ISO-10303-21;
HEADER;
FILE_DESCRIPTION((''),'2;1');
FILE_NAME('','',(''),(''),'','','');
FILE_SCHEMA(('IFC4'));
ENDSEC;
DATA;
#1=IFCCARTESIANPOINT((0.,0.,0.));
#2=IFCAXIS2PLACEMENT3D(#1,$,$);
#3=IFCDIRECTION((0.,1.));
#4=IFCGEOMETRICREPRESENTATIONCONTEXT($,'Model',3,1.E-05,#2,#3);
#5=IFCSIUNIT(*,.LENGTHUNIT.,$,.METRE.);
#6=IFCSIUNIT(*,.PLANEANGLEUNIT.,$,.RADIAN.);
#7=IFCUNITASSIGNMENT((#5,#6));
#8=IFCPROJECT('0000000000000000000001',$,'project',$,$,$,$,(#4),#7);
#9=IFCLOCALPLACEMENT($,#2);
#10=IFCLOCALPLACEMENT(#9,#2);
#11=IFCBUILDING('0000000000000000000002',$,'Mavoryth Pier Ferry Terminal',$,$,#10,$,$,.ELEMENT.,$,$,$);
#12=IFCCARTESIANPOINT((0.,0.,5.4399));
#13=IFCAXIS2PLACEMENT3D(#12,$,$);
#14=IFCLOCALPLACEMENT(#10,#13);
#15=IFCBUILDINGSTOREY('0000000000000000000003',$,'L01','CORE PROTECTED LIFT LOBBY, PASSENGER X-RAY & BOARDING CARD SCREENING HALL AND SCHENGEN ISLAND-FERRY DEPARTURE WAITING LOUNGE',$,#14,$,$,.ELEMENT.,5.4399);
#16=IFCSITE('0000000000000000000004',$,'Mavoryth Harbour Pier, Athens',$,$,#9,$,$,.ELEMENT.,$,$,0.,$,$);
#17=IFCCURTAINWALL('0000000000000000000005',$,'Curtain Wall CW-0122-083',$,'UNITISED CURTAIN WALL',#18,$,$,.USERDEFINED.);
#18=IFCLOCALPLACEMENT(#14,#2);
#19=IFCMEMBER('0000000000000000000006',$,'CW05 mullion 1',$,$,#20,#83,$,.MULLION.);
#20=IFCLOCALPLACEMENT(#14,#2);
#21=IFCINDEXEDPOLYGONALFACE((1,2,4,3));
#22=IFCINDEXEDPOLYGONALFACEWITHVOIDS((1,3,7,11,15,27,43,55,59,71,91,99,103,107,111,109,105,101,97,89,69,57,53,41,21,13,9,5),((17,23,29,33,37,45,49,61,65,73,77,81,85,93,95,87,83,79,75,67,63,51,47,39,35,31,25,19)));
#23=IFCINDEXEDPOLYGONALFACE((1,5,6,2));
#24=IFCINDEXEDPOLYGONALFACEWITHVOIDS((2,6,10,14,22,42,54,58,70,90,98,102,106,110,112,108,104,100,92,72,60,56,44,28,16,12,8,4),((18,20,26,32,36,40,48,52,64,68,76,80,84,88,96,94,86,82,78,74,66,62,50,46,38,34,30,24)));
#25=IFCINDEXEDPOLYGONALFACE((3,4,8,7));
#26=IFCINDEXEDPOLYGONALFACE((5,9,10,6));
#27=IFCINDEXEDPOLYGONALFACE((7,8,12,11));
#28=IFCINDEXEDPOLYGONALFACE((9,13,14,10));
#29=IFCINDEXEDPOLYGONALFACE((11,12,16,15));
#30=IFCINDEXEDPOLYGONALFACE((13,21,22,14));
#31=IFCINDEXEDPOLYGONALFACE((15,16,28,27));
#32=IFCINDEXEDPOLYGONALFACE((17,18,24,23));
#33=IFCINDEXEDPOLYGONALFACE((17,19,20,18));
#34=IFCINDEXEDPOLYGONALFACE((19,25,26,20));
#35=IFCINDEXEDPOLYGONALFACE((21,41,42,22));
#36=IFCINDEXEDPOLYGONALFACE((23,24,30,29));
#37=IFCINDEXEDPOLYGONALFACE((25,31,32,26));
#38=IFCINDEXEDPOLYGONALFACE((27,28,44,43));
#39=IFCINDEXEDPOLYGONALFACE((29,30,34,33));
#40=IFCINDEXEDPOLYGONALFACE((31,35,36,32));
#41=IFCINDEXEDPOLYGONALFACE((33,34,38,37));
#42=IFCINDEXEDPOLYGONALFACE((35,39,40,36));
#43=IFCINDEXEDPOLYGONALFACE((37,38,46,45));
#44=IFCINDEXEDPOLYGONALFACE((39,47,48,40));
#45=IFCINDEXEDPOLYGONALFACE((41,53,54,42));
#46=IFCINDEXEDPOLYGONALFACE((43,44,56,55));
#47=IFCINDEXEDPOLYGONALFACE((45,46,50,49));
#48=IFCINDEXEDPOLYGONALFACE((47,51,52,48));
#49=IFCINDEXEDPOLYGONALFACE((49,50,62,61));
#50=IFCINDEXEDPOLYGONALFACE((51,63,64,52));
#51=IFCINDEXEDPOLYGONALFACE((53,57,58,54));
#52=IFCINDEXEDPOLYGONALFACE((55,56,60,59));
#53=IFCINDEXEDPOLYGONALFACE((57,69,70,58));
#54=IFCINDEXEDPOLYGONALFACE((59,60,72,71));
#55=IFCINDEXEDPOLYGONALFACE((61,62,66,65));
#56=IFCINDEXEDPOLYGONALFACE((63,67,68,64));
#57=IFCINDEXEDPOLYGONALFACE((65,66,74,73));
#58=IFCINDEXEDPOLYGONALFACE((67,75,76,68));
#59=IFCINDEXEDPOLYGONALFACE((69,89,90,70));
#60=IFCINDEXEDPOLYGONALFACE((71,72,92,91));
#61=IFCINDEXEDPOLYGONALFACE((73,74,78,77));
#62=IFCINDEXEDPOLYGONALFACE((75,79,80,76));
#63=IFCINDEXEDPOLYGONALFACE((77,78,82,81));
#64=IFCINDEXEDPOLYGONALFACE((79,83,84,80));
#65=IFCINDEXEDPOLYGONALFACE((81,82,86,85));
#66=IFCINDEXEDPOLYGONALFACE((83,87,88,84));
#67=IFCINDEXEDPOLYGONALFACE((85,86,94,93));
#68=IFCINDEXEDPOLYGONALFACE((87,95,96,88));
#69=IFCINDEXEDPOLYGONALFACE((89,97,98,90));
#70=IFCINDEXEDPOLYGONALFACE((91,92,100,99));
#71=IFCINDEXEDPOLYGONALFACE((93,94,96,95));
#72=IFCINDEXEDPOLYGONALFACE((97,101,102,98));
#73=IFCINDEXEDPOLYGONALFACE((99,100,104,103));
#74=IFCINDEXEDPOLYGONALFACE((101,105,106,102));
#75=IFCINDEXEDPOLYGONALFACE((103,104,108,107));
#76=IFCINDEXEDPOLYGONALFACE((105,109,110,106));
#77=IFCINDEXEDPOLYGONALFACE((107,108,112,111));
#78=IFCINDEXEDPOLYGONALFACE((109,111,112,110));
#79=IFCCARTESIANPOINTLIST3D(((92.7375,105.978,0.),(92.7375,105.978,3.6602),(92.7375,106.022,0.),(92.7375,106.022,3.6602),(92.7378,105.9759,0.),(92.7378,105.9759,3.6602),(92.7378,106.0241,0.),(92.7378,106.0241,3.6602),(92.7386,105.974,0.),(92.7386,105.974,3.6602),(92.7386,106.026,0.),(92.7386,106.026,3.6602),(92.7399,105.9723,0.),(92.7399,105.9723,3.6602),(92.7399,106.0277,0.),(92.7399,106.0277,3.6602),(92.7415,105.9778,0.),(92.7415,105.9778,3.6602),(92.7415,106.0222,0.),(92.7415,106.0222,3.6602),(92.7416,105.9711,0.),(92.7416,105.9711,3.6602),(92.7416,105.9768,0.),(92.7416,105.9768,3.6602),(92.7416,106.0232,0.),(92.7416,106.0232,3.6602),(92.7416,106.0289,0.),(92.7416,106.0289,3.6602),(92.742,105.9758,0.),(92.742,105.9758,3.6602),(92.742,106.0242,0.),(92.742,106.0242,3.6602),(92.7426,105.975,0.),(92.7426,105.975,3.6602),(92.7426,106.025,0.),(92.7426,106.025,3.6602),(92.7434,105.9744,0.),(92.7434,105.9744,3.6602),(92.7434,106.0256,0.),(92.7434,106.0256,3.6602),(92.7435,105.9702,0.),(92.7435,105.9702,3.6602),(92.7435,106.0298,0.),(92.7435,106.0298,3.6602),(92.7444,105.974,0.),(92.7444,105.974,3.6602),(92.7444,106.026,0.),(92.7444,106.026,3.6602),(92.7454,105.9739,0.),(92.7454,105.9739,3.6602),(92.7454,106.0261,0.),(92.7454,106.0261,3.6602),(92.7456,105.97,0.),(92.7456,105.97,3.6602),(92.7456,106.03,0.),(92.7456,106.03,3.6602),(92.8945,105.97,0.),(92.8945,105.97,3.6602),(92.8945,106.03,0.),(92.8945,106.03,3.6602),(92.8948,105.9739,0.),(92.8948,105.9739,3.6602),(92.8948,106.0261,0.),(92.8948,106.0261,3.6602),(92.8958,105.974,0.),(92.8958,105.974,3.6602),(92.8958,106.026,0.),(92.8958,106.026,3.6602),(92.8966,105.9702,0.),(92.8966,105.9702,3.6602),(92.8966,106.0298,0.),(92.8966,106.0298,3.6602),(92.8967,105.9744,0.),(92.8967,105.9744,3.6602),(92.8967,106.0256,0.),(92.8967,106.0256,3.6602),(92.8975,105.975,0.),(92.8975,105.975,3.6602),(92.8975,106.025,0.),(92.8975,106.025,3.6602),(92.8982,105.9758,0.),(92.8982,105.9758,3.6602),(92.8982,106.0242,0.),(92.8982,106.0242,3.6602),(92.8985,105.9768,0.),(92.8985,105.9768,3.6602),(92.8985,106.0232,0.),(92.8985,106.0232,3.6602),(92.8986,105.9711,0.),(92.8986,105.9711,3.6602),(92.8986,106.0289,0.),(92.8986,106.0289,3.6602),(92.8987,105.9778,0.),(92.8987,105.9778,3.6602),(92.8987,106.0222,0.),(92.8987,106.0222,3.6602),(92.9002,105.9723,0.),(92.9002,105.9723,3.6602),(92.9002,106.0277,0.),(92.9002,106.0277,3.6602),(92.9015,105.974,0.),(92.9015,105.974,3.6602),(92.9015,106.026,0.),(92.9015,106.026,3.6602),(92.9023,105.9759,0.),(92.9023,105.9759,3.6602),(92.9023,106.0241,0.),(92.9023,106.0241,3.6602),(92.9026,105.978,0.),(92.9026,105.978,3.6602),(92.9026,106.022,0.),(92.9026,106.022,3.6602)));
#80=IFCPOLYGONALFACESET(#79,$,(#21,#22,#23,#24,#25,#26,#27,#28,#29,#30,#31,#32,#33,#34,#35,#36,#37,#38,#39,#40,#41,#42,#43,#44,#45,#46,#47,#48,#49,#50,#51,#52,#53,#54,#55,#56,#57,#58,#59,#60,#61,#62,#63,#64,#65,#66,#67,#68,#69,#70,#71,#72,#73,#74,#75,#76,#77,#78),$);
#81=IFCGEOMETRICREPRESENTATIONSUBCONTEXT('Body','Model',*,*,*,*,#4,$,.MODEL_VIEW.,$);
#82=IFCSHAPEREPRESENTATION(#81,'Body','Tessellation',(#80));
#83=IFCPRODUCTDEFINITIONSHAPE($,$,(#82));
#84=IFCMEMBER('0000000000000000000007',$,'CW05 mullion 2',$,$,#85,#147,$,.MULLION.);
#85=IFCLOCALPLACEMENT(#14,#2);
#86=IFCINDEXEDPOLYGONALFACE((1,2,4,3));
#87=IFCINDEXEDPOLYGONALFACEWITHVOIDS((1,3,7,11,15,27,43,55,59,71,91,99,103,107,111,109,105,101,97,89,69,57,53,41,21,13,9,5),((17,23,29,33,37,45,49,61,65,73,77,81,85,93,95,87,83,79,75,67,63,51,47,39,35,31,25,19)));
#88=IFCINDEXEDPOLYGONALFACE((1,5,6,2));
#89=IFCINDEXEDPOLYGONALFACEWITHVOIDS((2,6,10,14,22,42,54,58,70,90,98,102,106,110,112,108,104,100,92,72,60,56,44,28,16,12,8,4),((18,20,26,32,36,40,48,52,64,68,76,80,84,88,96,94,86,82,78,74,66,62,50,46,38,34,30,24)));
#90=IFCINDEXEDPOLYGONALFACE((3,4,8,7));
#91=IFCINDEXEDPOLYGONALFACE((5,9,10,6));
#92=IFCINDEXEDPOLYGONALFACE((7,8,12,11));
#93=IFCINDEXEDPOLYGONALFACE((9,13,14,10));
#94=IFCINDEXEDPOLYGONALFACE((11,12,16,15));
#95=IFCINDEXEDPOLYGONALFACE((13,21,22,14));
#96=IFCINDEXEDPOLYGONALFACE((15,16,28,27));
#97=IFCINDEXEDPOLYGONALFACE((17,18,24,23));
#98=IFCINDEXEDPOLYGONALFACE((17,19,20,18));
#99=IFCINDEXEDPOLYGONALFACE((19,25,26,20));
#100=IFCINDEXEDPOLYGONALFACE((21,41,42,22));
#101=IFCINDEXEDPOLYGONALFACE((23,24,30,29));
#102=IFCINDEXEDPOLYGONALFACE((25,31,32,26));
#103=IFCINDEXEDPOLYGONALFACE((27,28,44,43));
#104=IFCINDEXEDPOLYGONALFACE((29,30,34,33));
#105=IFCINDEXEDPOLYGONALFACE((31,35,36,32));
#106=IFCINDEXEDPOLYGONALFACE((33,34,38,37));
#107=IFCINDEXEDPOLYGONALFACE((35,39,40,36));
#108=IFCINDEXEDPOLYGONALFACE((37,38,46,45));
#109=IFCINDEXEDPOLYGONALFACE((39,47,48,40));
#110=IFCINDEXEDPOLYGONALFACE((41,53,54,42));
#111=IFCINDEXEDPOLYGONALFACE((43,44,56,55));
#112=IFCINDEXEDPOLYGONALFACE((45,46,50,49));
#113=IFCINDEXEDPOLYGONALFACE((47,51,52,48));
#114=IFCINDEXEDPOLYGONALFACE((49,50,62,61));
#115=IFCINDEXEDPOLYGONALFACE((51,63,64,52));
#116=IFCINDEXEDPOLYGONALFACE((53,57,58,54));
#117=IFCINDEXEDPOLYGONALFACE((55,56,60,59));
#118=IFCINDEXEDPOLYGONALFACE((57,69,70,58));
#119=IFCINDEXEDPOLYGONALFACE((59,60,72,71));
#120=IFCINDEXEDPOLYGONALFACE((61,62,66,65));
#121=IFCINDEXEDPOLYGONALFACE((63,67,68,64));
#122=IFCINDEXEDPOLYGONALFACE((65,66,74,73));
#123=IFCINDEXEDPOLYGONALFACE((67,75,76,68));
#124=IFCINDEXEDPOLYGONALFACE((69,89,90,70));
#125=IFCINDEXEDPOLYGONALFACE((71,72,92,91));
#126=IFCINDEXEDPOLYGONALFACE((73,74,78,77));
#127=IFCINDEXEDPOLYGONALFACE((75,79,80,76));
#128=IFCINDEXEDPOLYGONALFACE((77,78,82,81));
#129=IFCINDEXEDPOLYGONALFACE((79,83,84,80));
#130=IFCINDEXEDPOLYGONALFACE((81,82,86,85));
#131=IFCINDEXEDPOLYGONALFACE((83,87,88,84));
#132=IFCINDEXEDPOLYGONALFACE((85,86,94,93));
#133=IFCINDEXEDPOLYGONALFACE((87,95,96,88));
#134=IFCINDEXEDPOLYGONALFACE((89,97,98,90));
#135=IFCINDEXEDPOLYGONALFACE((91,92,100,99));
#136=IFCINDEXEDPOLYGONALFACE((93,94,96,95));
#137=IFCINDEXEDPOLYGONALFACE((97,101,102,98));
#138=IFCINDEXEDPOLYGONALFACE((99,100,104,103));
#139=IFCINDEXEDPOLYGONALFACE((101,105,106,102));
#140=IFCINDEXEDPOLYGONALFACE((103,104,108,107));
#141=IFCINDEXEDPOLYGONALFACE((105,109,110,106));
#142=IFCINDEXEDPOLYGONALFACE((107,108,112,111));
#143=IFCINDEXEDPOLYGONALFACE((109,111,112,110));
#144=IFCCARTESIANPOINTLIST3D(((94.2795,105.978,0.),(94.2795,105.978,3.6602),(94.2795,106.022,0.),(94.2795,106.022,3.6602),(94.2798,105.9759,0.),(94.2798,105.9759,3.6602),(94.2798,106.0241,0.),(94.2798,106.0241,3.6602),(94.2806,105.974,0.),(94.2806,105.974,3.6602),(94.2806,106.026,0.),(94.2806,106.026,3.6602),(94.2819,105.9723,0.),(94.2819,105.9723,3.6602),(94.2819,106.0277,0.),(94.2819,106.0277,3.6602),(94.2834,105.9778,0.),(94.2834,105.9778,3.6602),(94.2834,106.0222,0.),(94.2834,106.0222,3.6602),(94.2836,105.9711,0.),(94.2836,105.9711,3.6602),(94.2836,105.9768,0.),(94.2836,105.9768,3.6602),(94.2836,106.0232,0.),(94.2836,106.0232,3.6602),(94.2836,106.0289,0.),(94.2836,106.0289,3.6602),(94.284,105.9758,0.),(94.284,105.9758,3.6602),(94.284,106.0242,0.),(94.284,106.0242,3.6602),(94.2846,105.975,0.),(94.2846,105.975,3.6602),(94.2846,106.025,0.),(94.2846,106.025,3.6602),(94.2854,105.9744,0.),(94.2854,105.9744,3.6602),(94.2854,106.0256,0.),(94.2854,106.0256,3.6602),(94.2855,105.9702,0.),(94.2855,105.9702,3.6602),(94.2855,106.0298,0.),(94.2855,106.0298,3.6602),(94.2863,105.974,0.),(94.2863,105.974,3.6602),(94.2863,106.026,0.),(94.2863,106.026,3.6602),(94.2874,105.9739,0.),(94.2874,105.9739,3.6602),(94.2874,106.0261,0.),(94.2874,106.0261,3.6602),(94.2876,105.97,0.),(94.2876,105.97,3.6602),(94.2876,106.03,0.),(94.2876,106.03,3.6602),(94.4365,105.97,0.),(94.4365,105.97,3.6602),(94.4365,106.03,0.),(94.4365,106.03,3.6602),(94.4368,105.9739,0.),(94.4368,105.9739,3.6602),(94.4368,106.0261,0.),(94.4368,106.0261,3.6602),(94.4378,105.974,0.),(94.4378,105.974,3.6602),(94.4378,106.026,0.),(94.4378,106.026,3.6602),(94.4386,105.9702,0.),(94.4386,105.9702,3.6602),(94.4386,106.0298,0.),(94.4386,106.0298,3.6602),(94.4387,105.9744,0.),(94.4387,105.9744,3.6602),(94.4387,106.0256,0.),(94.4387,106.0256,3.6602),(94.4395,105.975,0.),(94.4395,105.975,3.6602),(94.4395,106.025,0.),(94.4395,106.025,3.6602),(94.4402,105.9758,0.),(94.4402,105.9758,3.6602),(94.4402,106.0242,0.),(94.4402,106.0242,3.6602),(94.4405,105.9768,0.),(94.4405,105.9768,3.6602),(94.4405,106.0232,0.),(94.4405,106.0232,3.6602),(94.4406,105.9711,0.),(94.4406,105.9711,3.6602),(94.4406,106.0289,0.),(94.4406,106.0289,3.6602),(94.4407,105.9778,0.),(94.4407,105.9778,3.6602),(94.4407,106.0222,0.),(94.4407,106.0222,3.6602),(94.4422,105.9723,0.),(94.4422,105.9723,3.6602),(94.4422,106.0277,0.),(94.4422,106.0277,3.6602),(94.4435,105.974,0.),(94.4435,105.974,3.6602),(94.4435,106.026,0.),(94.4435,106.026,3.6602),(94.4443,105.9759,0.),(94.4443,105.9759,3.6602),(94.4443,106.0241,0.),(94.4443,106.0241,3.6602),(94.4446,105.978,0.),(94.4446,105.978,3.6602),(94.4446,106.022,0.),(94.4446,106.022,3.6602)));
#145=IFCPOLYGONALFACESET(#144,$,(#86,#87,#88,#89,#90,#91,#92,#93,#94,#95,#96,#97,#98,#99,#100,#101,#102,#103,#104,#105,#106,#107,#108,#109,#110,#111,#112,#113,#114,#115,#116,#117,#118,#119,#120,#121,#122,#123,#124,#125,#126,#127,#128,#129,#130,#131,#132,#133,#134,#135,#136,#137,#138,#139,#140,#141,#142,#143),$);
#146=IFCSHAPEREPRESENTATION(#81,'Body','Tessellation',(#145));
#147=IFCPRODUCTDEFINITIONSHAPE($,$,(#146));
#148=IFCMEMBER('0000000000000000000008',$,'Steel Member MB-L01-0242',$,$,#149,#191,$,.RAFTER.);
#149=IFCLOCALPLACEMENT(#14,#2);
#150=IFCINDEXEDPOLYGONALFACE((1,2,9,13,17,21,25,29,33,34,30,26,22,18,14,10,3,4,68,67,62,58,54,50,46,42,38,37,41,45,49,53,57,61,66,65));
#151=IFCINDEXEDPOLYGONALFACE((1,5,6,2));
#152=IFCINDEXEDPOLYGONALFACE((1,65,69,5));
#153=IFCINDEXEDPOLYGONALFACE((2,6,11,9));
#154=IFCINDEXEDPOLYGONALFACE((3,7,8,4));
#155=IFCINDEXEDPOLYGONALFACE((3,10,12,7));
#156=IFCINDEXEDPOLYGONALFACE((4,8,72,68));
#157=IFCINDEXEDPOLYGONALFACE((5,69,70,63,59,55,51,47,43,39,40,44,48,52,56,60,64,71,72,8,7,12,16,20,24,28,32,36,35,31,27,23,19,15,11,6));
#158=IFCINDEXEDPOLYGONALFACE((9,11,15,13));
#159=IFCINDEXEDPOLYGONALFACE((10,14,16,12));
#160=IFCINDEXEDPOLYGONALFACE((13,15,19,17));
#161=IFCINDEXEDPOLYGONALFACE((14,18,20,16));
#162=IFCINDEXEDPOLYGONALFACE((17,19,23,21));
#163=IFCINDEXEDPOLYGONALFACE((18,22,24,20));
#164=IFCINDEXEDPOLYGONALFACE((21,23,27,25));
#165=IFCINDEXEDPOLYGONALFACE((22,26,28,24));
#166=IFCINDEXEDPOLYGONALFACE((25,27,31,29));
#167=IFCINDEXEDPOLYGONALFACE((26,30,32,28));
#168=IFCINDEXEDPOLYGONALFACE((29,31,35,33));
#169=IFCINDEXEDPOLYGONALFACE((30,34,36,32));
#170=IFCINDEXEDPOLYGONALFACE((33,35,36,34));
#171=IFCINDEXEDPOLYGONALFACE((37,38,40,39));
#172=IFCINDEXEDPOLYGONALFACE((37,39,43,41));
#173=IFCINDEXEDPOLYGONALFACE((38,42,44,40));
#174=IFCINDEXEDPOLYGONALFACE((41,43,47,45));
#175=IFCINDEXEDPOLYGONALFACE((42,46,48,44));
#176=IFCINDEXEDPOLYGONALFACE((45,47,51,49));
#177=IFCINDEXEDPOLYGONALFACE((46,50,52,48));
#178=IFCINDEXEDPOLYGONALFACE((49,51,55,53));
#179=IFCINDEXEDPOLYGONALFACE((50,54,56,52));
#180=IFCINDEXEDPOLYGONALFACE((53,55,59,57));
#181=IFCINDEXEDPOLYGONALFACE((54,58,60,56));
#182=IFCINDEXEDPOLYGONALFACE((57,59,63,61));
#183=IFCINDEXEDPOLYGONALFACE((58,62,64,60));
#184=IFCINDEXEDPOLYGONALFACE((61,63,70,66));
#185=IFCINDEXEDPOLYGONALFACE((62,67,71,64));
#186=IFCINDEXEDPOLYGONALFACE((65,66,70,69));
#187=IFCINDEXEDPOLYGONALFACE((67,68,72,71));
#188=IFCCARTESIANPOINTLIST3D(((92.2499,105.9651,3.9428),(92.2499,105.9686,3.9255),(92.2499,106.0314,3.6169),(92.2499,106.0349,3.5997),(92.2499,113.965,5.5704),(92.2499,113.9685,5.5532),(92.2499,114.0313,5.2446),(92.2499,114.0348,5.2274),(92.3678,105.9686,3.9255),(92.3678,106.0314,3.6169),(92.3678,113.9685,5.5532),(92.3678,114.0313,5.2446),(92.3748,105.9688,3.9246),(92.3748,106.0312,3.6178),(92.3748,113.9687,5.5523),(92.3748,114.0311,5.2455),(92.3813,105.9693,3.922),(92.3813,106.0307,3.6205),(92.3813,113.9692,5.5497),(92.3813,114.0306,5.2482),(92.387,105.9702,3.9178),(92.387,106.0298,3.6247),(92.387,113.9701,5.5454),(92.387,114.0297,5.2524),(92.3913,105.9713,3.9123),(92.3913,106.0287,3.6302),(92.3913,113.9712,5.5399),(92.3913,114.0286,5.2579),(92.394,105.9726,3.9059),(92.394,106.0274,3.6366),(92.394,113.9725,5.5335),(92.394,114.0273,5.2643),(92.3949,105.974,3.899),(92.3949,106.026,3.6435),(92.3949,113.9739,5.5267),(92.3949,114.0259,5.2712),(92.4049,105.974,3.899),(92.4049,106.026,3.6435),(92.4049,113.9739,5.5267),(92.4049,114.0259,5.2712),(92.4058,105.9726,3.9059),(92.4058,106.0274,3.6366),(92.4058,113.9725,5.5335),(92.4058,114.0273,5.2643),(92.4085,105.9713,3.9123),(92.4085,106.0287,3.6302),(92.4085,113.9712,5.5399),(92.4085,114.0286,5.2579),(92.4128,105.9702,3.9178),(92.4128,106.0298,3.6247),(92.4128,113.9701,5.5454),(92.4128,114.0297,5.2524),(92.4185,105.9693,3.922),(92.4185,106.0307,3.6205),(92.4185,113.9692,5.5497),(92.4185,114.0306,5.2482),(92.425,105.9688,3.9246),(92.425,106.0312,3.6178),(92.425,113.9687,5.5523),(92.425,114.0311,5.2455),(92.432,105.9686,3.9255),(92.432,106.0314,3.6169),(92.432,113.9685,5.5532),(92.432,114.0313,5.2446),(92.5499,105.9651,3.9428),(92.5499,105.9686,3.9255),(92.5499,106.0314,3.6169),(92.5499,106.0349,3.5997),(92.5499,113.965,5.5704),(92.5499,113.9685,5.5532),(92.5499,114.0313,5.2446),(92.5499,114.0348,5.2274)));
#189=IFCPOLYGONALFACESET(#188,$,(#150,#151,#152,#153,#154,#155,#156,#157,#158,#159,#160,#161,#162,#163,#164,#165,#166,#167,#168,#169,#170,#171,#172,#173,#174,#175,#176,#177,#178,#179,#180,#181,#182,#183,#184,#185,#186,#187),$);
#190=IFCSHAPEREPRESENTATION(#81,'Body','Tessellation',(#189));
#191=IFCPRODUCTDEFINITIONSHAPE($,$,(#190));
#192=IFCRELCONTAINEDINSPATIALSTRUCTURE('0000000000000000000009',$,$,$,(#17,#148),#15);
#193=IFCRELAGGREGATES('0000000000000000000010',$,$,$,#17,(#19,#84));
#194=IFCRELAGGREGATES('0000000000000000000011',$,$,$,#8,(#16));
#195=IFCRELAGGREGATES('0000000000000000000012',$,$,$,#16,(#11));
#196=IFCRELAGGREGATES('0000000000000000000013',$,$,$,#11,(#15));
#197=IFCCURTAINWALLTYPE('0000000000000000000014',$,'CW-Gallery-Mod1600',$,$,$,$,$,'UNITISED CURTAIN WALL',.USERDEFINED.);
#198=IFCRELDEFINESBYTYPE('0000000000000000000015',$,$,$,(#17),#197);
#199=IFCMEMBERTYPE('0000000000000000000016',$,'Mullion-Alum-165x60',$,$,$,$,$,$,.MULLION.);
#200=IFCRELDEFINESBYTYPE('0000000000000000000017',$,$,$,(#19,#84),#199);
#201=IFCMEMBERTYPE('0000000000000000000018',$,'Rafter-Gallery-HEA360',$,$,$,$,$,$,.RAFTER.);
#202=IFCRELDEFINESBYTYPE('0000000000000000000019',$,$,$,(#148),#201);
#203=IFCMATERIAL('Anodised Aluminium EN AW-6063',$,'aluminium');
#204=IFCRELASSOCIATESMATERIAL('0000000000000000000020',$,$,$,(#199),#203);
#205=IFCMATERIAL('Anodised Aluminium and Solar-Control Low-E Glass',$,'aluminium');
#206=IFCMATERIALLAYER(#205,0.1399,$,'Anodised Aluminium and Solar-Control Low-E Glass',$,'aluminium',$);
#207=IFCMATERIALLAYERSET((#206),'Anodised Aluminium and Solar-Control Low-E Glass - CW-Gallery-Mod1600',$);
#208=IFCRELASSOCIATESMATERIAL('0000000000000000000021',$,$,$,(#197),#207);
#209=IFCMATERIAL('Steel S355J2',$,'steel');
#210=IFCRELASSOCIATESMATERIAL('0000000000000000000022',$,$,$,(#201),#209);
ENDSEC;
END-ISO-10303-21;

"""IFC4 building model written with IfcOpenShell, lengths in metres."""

from ifc_helpers import new_model, si_unit, direction, frame, origin, origin_2d, place, context, subcontext, project, spatial, hollow_rectangle, i_section, extrude, material, layer, layer_set, material_profile, profile_set, type_object, element, aggregate, save


model = new_model("IFC4")

# Units and contexts
model_context = context("Model", 3, precision=1e-05, world=origin(), true_north=direction((0.0, 1.0)))
body_context = subcontext(model_context, "Body", "Model", "MODEL_VIEW")
ifc_project = project(units=[si_unit("LENGTHUNIT", "METRE"), si_unit("PLANEANGLEUNIT", "RADIAN")], contexts=[model_context])

# Site, building, storey
site_placement = place(None, origin())
site = spatial("IfcSite", under=ifc_project, at=site_placement, Name="Mavoryth Harbour Pier, Athens", CompositionType="ELEMENT", RefElevation=0.0)
building_placement = place(site_placement, origin())
building = spatial("IfcBuilding", under=site, at=building_placement, Name="Mavoryth Pier Ferry Terminal", CompositionType="ELEMENT")
storey_placement = place(building_placement, frame((0.0, 0.0, 5.4399)))
storey = spatial("IfcBuildingStorey", under=building, at=storey_placement, Name="L01", Description="CORE PROTECTED LIFT LOBBY, PASSENGER X-RAY & BOARDING CARD SCREENING HALL AND SCHENGEN ISLAND-FERRY DEPARTURE WAITING LOUNGE", CompositionType="ELEMENT", Elevation=5.4399)

# Shared definitions
ifc_material_1 = material(Name="Steel S355J2", Category="steel")

# Shared definitions
ifc_material_2 = material(Name="Anodised Aluminium and Solar-Control Low-E Glass", Category="aluminium")
ifc_material_3 = material(Name="Anodised Aluminium EN AW-6063", Category="aluminium")
ifc_material_profile_1 = material_profile(ifc_material_3, hollow_rectangle(XDim=0.0601, YDim=0.165, WallThickness=0.0039, InnerFilletRadius=0.0039, OuterFilletRadius=0.0081, at=origin_2d()), Name="AL-MULL 165x60x4", Category="aluminium")
ifc_profile_set_1 = profile_set([ifc_material_profile_1], Name="Anodised Aluminium EN AW-6063 - AL-MULL 165x60x4")
member_type_1 = type_object("IfcMemberType", Name="Mullion-Alum-165x60", PredefinedType="MULLION", material=ifc_profile_set_1)

# Curtain wall, members
ifc_layer_1 = layer(ifc_material_2, 0.1399, Name="Anodised Aluminium and Solar-Control Low-E Glass", Category="aluminium")
ifc_layer_set_1 = layer_set([ifc_layer_1], Name="Anodised Aluminium and Solar-Control Low-E Glass - CW-Gallery-Mod1600")
curtain_wall_type_1 = type_object("IfcCurtainWallType", Name="CW-Gallery-Mod1600", ElementType="UNITISED CURTAIN WALL", PredefinedType="USERDEFINED", material=ifc_layer_set_1)
curtain_wall_1_placement = place(storey_placement, origin())
curtain_wall_1 = element("IfcCurtainWall", 1, at=curtain_wall_1_placement, inside=storey, type_object=curtain_wall_type_1, Name="Curtain Wall CW-0122-083", ObjectType="UNITISED CURTAIN WALL", PredefinedType="USERDEFINED")
member_1_placement = place(storey_placement, frame((92.8201, 106.0, 0.0), z_axis=(0.0, 0.0, 1.0), x_axis=(0.0, 1.0, 0.0)))
member_1 = element("IfcMember", 2, at=member_1_placement, type_object=member_type_1, Name="CW05 mullion 1", PredefinedType="MULLION", context=body_context, shape_type="SweptSolid", body=[
    extrude(hollow_rectangle(XDim=0.0601, YDim=0.165, WallThickness=0.0039, InnerFilletRadius=0.0039, OuterFilletRadius=0.0081, at=origin_2d()), origin(), (0.0, 0.0, 1.0), 3.6602),
])
member_2_placement = place(storey_placement, frame((94.3621, 106.0, 0.0), z_axis=(0.0, 0.0, 1.0), x_axis=(0.0, 1.0, 0.0)))
member_2 = element("IfcMember", 3, at=member_2_placement, type_object=member_type_1, Name="CW05 mullion 2", PredefinedType="MULLION", context=body_context, shape_type="SweptSolid", body=[
    extrude(hollow_rectangle(XDim=0.0601, YDim=0.165, WallThickness=0.0039, InnerFilletRadius=0.0039, OuterFilletRadius=0.0081, at=origin_2d()), origin(), (0.0, 0.0, 1.0), 3.6602),
])

# Member
ifc_material_profile_2 = material_profile(ifc_material_1, i_section(OverallWidth=0.3, OverallDepth=0.3501, WebThickness=0.01, FlangeThickness=0.0176, FilletRadius=0.0271, at=origin_2d()), Name="HEA 360", Category="steel")
ifc_profile_set_2 = profile_set([ifc_material_profile_2], Name="Steel S355J2 - HEA 360")
member_type_2 = type_object("IfcMemberType", Name="Rafter-Gallery-HEA360", PredefinedType="RAFTER", material=ifc_profile_set_2)
member_3_placement = place(storey_placement, frame((92.3999, 106.0, 3.7712), z_axis=(0.0, 0.979923, 0.199376), x_axis=(-1.0, 0.0, 0.0)))
element("IfcMember", 4, at=member_3_placement, inside=storey, type_object=member_type_2, Name="Steel Member MB-L01-0242", PredefinedType="RAFTER", context=body_context, shape_type="SweptSolid", body=[
    extrude(i_section(OverallWidth=0.3, OverallDepth=0.3501, WebThickness=0.01, FlangeThickness=0.0176, FilletRadius=0.0271, at=origin_2d()), origin(), (0.0, 0.0, 1.0), 8.1638),
])

aggregate(curtain_wall_1, [member_1, member_2])

save(model, "model.ifc")
